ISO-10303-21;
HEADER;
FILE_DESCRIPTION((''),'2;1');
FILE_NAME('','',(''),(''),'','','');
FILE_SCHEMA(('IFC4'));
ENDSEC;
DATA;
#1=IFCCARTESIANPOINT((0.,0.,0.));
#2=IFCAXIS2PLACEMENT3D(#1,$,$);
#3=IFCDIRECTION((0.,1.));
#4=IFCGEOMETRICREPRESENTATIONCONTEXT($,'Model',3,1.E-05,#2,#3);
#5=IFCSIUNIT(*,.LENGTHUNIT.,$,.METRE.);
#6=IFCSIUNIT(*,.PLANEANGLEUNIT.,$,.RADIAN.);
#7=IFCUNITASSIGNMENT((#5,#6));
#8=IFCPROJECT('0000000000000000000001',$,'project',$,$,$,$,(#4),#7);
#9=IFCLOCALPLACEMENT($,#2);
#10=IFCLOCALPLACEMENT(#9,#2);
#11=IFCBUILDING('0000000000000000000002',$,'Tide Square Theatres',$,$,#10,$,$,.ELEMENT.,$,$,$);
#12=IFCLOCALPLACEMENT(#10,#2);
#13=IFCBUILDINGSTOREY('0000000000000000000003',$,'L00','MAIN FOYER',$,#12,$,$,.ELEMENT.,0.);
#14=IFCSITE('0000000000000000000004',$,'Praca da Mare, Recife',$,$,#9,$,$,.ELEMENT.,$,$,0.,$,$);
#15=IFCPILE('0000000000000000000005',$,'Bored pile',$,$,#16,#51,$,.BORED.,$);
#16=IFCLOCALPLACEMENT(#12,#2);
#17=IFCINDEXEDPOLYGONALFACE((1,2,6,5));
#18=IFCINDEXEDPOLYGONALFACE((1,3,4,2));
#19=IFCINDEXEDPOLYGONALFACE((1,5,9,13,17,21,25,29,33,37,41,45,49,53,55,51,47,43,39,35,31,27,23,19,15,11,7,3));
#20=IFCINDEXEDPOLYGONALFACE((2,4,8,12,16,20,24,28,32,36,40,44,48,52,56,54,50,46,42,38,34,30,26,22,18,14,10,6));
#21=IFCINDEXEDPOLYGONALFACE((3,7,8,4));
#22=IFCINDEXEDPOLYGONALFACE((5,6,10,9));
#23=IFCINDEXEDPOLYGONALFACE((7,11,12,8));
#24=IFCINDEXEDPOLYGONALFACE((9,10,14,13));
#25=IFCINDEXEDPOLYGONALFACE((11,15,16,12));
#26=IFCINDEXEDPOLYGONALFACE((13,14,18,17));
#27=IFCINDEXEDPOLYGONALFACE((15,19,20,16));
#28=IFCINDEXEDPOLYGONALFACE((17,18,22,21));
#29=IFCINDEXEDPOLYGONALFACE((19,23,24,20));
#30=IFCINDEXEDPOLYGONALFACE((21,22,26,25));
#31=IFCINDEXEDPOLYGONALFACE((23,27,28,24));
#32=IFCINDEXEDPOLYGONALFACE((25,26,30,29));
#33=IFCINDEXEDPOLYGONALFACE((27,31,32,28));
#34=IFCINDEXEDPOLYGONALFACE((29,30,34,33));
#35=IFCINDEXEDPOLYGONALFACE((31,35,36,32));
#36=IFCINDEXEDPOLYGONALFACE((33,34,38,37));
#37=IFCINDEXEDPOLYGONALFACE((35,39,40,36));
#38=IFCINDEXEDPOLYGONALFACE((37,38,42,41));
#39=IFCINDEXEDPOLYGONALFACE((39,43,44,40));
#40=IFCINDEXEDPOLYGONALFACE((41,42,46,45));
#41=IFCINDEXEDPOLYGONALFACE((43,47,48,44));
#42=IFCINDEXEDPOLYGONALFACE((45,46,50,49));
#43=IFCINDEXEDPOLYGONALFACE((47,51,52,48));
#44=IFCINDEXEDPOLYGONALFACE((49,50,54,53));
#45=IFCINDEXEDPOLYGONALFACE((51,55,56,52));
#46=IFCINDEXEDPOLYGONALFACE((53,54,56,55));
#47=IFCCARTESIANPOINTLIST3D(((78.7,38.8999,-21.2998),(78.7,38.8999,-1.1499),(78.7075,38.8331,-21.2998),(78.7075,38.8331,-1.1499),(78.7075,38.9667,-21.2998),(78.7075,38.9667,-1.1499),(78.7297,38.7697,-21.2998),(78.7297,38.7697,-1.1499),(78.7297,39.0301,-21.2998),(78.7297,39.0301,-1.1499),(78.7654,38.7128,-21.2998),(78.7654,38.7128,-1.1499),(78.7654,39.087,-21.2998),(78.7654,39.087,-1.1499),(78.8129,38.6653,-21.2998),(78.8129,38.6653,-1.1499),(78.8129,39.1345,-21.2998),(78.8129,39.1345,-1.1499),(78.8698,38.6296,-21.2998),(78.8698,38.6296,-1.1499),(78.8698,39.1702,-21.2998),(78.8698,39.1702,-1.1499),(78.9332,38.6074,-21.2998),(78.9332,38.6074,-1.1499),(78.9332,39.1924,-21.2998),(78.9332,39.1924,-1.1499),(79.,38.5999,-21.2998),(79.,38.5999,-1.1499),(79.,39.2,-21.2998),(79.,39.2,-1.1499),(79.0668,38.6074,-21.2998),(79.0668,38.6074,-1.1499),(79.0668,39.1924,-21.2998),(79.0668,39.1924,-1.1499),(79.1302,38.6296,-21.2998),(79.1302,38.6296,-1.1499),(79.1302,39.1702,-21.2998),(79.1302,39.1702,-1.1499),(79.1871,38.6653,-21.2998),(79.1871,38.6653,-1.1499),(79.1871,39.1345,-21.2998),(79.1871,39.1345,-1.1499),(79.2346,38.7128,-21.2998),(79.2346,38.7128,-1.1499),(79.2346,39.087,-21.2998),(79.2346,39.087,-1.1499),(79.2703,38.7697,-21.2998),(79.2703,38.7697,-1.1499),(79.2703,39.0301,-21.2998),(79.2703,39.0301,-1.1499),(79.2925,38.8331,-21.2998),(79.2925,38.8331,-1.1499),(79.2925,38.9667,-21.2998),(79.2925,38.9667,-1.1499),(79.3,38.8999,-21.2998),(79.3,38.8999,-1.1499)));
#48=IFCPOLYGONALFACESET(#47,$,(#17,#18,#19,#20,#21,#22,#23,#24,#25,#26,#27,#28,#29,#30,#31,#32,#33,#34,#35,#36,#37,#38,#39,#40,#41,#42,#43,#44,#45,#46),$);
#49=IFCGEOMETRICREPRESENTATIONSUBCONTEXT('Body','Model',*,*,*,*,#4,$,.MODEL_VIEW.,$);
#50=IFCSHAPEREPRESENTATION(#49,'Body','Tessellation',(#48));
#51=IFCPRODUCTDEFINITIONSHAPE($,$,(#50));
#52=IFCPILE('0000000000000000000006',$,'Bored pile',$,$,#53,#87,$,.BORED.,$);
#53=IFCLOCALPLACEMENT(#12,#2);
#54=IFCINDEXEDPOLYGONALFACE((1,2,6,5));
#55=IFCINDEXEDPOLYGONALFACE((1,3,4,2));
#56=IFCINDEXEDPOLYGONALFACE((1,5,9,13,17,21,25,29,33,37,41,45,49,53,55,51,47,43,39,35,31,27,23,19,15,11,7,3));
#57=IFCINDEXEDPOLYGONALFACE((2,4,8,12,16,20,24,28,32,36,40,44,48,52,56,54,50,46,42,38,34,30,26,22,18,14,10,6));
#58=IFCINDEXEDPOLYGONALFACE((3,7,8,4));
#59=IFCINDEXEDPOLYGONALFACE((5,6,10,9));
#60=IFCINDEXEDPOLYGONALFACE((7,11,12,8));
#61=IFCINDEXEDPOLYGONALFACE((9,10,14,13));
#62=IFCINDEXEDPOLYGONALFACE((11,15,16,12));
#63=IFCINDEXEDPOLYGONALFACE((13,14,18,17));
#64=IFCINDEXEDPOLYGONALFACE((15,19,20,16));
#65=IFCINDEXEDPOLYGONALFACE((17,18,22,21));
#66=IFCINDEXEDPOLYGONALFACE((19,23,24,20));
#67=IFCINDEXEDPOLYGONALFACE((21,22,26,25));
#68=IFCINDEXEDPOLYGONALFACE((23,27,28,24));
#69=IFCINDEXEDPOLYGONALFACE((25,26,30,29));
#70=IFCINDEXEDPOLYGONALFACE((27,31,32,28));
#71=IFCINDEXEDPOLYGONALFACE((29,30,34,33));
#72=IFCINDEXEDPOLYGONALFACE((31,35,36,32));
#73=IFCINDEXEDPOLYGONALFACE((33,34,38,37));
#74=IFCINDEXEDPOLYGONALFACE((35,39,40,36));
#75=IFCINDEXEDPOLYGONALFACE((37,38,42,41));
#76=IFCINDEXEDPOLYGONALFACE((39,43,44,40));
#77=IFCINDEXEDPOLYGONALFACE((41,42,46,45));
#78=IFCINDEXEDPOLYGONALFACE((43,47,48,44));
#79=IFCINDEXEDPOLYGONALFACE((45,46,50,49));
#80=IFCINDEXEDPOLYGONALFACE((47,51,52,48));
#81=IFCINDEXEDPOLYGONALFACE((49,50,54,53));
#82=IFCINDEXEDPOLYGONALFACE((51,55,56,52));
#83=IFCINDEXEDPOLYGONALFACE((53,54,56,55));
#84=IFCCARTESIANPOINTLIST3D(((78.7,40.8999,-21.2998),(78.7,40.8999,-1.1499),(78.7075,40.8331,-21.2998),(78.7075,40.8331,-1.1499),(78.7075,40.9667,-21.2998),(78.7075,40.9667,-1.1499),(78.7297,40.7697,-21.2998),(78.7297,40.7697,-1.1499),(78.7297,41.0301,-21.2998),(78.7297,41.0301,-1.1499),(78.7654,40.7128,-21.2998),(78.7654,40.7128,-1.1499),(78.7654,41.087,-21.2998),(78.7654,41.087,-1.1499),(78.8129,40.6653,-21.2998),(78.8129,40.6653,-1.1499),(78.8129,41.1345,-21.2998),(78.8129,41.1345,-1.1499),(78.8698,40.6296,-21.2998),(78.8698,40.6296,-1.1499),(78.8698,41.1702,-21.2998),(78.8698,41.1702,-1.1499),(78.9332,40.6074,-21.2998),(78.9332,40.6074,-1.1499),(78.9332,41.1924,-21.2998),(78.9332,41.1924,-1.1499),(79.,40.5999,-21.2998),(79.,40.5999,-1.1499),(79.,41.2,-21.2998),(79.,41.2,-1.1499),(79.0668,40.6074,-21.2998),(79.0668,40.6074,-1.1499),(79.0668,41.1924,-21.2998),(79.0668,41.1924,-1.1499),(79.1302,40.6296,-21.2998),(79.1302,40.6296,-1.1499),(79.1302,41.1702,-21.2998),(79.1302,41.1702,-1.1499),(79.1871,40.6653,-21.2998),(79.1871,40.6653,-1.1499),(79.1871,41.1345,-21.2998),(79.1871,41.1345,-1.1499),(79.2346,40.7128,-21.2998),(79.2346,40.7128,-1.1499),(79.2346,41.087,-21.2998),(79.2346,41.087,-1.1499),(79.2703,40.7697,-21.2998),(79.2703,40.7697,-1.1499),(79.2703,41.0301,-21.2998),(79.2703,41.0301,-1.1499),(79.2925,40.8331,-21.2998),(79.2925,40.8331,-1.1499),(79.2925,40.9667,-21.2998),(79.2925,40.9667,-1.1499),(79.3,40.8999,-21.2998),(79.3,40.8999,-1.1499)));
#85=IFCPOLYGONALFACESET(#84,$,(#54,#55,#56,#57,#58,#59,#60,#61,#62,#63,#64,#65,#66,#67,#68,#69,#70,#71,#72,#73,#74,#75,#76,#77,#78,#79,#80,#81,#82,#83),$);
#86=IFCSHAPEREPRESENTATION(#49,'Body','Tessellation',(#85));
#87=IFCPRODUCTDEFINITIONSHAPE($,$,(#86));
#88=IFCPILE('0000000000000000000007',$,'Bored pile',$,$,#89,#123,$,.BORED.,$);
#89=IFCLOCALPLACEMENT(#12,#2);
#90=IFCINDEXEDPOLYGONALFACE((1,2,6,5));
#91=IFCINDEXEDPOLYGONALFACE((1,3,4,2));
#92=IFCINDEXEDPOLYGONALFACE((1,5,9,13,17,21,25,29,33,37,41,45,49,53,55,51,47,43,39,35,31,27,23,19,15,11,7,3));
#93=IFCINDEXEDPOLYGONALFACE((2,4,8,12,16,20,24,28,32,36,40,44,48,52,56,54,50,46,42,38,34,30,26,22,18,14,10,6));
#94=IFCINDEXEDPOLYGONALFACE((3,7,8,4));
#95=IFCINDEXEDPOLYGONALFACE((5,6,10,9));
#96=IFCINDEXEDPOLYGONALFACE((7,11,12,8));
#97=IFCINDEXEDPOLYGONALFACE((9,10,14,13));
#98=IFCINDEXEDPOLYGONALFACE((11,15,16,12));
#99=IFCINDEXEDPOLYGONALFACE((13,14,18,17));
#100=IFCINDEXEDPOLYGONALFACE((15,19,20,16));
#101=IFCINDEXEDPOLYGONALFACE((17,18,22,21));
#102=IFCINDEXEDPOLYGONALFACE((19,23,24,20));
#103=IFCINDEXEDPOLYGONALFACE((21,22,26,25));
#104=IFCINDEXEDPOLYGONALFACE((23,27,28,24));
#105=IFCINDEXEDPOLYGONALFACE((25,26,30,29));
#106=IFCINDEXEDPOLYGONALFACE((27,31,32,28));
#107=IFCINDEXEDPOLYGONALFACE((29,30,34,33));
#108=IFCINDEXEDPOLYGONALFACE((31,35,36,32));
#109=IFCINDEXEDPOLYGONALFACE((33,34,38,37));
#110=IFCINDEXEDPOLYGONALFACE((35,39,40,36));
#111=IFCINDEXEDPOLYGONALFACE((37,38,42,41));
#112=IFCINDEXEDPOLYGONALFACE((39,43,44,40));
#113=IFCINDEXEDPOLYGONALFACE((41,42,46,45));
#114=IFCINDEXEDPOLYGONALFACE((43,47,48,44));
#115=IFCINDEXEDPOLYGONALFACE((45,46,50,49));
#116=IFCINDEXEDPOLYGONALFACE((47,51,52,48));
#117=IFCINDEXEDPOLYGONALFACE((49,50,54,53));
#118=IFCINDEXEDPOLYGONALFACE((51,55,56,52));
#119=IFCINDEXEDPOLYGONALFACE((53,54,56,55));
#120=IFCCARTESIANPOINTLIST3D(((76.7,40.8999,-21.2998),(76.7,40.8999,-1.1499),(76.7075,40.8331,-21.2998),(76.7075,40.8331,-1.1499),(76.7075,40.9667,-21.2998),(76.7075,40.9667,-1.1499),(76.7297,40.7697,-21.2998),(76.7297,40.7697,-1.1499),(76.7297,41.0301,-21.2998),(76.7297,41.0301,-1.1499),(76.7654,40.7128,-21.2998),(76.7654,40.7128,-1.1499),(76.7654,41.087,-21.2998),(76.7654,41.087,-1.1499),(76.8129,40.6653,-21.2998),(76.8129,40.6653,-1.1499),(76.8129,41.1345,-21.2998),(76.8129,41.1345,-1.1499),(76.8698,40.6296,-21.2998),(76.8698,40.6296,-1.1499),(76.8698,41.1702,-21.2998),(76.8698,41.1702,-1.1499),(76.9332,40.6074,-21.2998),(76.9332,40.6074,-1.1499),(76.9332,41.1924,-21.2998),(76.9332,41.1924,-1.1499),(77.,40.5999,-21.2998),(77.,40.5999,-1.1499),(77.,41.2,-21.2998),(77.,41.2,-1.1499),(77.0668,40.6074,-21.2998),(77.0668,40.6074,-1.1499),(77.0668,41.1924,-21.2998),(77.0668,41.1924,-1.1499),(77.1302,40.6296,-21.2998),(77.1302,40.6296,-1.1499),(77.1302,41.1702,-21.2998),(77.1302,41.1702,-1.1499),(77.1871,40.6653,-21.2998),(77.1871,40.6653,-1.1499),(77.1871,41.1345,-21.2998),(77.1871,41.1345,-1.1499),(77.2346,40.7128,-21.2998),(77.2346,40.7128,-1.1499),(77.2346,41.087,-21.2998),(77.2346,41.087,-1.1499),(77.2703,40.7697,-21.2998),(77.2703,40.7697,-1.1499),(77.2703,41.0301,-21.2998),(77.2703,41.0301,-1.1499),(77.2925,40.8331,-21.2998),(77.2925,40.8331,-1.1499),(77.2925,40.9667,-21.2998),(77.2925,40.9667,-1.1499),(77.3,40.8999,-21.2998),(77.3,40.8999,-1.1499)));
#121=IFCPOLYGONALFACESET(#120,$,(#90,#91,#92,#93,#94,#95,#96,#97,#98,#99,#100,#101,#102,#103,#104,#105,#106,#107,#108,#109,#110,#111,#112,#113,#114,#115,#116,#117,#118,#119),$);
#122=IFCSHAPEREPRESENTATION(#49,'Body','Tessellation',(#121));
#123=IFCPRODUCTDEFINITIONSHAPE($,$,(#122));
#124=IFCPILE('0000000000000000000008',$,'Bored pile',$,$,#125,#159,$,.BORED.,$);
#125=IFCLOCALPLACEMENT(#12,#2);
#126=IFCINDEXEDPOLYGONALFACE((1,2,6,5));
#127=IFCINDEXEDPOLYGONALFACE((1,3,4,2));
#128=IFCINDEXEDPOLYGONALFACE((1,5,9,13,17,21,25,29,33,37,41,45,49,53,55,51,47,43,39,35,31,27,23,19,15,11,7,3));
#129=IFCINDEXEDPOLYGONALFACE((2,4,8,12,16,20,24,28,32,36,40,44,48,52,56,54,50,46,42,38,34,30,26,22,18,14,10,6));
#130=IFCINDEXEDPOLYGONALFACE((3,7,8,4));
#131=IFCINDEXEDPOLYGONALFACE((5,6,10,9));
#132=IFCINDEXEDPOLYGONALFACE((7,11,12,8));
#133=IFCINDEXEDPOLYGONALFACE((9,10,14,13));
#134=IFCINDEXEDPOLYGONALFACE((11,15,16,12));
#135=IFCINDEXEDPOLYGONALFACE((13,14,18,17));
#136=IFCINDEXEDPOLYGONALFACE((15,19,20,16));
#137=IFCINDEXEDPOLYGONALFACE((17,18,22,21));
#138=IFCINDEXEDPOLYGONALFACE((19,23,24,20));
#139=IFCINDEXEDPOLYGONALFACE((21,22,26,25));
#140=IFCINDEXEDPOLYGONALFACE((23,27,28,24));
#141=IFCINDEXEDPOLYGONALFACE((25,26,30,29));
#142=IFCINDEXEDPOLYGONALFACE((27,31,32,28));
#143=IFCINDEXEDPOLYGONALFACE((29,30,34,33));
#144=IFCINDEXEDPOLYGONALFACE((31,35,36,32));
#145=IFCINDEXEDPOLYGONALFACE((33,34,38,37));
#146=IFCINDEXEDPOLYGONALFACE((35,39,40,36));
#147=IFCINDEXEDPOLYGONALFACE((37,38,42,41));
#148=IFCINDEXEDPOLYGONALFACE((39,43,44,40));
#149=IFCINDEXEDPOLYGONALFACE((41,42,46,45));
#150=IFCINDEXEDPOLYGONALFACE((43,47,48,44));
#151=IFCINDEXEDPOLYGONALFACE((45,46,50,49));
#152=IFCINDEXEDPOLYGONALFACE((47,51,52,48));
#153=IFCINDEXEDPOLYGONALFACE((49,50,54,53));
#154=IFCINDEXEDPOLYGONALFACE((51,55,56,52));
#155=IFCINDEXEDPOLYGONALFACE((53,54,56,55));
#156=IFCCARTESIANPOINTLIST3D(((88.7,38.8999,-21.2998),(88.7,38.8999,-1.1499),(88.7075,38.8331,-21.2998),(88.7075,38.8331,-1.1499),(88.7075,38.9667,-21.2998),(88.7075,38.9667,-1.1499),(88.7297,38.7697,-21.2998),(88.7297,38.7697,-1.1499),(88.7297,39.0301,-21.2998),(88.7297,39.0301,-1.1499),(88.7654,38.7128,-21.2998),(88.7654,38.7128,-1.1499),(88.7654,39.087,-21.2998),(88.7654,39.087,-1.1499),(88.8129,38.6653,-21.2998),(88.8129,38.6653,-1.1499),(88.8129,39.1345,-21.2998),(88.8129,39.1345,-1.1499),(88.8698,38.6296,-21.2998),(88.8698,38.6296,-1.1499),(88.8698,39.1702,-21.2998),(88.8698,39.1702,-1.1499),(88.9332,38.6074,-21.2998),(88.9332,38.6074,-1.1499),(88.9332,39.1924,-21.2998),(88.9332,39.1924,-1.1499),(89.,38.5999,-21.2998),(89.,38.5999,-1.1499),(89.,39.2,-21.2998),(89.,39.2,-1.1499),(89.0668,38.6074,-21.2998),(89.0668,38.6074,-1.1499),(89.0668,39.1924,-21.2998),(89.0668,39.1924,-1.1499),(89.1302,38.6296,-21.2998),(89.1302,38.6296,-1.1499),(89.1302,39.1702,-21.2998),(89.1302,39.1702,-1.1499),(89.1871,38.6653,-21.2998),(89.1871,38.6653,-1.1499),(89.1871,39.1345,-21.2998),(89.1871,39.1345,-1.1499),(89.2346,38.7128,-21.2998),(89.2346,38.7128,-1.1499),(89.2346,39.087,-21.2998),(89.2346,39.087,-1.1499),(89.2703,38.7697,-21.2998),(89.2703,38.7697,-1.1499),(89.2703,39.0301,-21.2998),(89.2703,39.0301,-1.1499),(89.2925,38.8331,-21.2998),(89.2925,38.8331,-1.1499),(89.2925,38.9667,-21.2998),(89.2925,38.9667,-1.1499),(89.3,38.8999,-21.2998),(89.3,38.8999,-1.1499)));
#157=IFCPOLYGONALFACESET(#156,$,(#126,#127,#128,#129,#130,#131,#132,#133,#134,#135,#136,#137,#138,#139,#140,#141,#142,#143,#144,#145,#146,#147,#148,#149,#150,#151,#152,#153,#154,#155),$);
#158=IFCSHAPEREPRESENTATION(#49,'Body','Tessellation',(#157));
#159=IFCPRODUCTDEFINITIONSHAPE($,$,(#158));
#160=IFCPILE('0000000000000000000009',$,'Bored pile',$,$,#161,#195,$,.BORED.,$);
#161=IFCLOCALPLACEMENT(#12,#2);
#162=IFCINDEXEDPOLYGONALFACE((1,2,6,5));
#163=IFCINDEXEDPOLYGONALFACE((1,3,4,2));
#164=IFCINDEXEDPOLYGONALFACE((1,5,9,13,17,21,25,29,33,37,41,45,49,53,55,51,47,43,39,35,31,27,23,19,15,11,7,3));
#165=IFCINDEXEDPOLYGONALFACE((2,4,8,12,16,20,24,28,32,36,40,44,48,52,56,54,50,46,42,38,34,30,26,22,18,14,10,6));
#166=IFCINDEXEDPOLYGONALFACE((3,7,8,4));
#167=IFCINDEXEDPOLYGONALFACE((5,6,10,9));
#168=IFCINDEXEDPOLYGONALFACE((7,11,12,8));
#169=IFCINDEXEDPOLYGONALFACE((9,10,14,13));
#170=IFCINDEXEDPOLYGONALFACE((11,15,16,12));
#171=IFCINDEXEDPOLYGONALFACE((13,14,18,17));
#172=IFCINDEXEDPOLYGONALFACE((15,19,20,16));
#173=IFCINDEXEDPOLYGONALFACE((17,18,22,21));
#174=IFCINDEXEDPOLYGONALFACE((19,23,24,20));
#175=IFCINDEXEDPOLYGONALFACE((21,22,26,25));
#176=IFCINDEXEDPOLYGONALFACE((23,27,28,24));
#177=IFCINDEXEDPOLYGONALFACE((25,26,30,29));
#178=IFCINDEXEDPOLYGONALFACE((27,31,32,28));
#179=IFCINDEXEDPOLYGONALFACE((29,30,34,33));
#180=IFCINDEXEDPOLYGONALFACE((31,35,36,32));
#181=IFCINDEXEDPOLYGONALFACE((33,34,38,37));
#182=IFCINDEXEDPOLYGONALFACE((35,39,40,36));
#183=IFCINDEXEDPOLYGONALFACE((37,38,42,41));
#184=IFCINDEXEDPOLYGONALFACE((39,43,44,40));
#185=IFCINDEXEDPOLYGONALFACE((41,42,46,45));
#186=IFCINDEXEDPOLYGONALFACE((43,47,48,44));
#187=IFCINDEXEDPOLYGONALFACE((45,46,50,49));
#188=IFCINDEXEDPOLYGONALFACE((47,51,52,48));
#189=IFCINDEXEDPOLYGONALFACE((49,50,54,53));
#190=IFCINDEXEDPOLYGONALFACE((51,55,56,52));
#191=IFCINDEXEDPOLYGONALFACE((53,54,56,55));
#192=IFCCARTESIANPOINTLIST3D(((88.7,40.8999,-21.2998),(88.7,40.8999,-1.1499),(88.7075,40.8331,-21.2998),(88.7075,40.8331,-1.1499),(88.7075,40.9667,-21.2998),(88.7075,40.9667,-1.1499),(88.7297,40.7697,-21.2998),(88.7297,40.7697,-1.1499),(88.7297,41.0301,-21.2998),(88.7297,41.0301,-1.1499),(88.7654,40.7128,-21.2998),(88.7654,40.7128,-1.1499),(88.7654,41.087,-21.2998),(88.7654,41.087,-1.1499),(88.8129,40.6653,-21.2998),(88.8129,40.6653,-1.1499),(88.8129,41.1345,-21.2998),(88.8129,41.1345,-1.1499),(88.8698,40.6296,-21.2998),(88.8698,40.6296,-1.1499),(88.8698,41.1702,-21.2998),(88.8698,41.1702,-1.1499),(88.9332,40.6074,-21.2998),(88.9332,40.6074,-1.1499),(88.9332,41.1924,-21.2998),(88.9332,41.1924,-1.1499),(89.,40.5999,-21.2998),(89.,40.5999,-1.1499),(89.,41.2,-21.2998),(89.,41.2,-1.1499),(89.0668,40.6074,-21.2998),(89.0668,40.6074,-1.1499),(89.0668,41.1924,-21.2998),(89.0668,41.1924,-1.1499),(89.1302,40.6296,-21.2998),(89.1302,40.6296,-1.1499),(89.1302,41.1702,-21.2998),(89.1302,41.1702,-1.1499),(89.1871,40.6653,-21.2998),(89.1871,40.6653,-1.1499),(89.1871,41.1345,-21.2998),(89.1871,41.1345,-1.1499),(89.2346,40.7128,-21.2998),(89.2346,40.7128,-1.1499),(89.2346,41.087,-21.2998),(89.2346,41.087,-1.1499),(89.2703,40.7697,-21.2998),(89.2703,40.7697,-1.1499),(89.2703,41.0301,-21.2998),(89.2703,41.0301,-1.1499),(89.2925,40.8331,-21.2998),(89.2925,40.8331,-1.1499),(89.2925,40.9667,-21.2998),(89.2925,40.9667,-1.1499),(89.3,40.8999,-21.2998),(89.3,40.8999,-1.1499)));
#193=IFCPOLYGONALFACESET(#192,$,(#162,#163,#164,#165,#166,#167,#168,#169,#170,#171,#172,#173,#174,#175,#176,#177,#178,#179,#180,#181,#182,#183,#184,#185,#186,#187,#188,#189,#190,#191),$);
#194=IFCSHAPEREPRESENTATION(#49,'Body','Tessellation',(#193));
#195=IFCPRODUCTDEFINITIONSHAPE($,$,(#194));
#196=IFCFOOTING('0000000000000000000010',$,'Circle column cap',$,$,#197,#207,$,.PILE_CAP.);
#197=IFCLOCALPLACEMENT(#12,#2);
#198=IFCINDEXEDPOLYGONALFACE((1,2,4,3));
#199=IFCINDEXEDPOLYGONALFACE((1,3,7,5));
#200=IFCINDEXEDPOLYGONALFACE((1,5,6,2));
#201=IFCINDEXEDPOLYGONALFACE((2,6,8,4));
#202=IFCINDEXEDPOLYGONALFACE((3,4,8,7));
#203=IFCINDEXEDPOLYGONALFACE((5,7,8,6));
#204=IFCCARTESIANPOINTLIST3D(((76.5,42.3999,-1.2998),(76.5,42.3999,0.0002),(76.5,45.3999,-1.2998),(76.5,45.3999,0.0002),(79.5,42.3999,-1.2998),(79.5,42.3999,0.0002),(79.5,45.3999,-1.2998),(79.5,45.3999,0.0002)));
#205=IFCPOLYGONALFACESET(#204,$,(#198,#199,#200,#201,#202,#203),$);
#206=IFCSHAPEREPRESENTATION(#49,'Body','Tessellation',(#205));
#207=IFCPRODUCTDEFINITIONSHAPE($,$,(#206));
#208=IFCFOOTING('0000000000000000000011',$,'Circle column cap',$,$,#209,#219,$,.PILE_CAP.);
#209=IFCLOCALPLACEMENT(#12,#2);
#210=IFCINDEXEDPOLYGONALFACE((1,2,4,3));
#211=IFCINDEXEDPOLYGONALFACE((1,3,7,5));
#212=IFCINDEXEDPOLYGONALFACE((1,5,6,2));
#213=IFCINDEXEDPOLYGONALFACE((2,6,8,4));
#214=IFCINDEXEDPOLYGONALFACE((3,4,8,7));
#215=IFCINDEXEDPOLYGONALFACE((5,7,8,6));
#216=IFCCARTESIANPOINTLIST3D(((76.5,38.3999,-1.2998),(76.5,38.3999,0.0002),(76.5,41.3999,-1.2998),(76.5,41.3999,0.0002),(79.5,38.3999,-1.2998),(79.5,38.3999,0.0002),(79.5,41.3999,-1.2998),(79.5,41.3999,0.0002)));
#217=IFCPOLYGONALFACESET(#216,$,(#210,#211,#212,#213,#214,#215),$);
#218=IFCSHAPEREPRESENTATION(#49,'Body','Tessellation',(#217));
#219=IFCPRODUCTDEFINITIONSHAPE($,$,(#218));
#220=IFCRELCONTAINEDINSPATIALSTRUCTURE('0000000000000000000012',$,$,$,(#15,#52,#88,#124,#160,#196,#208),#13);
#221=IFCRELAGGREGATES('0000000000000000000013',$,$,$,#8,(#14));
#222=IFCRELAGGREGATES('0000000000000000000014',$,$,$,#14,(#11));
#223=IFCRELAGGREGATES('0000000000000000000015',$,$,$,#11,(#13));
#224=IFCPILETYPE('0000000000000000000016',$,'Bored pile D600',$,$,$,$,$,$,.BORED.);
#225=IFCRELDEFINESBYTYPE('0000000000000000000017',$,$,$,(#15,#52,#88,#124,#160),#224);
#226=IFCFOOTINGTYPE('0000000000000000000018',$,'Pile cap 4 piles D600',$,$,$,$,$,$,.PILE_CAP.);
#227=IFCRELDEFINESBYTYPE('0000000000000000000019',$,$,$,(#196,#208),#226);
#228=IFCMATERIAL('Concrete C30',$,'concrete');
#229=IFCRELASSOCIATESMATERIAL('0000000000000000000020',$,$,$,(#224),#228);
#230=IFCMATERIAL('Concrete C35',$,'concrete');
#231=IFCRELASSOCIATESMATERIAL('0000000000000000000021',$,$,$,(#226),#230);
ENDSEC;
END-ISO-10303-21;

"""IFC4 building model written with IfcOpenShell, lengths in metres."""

from ifc_helpers import new_model, si_unit, direction, frame, origin, origin_2d, place, context, subcontext, project, spatial, rectangle, circle, extrude, material, material_profile, profile_set, type_object, element, save


model = new_model("IFC4")

# Units and contexts
model_context = context("Model", 3, precision=1e-05, world=origin(), true_north=direction((0.0, 1.0)))
body_context = subcontext(model_context, "Body", "Model", "MODEL_VIEW")
ifc_project = project(units=[si_unit("LENGTHUNIT", "METRE"), si_unit("PLANEANGLEUNIT", "RADIAN")], contexts=[model_context])

# Site, building, storey
site_placement = place(None, origin())
site = spatial("IfcSite", under=ifc_project, at=site_placement, Name="Praca da Mare, Recife", CompositionType="ELEMENT", RefElevation=0.0)
building_placement = place(site_placement, origin())
building = spatial("IfcBuilding", under=site, at=building_placement, Name="Tide Square Theatres", CompositionType="ELEMENT")
storey_placement = place(building_placement, origin())
storey = spatial("IfcBuildingStorey", under=building, at=storey_placement, Name="L00", Description="MAIN FOYER", CompositionType="ELEMENT", Elevation=0.0)

# Piles
ifc_material_1 = material(Name="Concrete C30", Category="concrete")
ifc_material_profile_1 = material_profile(ifc_material_1, circle(Radius=0.3, at=origin_2d()))
ifc_profile_set_1 = profile_set([ifc_material_profile_1], Name="Concrete C30")
pile_type = type_object("IfcPileType", Name="Bored pile D600", PredefinedType="BORED", material=ifc_profile_set_1)
for number, where, z_axis, x_axis, name in (
    (1, (79.0, 38.8999, -1.1499), (0.0, 0.0, -1.0), (1.0, 0.0, 0.0), "Bored pile"),
    (2, (79.0, 40.8999, -1.1499), (0.0, 0.0, -1.0), (1.0, 0.0, 0.0), "Bored pile"),
    (3, (77.0, 40.8999, -1.1499), (0.0, 0.0, -1.0), (1.0, 0.0, 0.0), "Bored pile"),
    (4, (89.0, 38.8999, -1.1499), (0.0, 0.0, -1.0), (1.0, 0.0, 0.0), "Bored pile"),
    (5, (89.0, 40.8999, -1.1499), (0.0, 0.0, -1.0), (1.0, 0.0, 0.0), "Bored pile"),
):
    element("IfcPile", number, at=place(storey_placement, frame(where, z_axis=z_axis, x_axis=x_axis)), inside=storey, type_object=pile_type, Name=name, PredefinedType="BORED", context=body_context, shape_type="SweptSolid", body=[
        extrude(circle(Radius=0.3, at=origin_2d()), origin(), (0.0, 0.0, 1.0), 20.1499),
    ])

# Footings
ifc_material_2 = material(Name="Concrete C35", Category="concrete")
footing_type = type_object("IfcFootingType", Name="Pile cap 4 piles D600", PredefinedType="PILE_CAP", material=ifc_material_2)
for number, where, z_axis, x_axis, name in (
    (6, (78.0, 43.8999, -1.2998), (0.0, 0.0, 1.0), (1.0, 0.0, 0.0), "Circle column cap"),
    (7, (78.0, 39.8999, -1.2998), (0.0, 0.0, 1.0), (1.0, 0.0, 0.0), "Circle column cap"),
):
    element("IfcFooting", number, at=place(storey_placement, frame(where, z_axis=z_axis, x_axis=x_axis)), inside=storey, type_object=footing_type, Name=name, PredefinedType="PILE_CAP", context=body_context, shape_type="SweptSolid", body=[
        extrude(rectangle(XDim=3.0, YDim=3.0, at=origin_2d()), origin(), (0.0, 0.0, 1.0), 1.3),
    ])

save(model, "model.ifc")
